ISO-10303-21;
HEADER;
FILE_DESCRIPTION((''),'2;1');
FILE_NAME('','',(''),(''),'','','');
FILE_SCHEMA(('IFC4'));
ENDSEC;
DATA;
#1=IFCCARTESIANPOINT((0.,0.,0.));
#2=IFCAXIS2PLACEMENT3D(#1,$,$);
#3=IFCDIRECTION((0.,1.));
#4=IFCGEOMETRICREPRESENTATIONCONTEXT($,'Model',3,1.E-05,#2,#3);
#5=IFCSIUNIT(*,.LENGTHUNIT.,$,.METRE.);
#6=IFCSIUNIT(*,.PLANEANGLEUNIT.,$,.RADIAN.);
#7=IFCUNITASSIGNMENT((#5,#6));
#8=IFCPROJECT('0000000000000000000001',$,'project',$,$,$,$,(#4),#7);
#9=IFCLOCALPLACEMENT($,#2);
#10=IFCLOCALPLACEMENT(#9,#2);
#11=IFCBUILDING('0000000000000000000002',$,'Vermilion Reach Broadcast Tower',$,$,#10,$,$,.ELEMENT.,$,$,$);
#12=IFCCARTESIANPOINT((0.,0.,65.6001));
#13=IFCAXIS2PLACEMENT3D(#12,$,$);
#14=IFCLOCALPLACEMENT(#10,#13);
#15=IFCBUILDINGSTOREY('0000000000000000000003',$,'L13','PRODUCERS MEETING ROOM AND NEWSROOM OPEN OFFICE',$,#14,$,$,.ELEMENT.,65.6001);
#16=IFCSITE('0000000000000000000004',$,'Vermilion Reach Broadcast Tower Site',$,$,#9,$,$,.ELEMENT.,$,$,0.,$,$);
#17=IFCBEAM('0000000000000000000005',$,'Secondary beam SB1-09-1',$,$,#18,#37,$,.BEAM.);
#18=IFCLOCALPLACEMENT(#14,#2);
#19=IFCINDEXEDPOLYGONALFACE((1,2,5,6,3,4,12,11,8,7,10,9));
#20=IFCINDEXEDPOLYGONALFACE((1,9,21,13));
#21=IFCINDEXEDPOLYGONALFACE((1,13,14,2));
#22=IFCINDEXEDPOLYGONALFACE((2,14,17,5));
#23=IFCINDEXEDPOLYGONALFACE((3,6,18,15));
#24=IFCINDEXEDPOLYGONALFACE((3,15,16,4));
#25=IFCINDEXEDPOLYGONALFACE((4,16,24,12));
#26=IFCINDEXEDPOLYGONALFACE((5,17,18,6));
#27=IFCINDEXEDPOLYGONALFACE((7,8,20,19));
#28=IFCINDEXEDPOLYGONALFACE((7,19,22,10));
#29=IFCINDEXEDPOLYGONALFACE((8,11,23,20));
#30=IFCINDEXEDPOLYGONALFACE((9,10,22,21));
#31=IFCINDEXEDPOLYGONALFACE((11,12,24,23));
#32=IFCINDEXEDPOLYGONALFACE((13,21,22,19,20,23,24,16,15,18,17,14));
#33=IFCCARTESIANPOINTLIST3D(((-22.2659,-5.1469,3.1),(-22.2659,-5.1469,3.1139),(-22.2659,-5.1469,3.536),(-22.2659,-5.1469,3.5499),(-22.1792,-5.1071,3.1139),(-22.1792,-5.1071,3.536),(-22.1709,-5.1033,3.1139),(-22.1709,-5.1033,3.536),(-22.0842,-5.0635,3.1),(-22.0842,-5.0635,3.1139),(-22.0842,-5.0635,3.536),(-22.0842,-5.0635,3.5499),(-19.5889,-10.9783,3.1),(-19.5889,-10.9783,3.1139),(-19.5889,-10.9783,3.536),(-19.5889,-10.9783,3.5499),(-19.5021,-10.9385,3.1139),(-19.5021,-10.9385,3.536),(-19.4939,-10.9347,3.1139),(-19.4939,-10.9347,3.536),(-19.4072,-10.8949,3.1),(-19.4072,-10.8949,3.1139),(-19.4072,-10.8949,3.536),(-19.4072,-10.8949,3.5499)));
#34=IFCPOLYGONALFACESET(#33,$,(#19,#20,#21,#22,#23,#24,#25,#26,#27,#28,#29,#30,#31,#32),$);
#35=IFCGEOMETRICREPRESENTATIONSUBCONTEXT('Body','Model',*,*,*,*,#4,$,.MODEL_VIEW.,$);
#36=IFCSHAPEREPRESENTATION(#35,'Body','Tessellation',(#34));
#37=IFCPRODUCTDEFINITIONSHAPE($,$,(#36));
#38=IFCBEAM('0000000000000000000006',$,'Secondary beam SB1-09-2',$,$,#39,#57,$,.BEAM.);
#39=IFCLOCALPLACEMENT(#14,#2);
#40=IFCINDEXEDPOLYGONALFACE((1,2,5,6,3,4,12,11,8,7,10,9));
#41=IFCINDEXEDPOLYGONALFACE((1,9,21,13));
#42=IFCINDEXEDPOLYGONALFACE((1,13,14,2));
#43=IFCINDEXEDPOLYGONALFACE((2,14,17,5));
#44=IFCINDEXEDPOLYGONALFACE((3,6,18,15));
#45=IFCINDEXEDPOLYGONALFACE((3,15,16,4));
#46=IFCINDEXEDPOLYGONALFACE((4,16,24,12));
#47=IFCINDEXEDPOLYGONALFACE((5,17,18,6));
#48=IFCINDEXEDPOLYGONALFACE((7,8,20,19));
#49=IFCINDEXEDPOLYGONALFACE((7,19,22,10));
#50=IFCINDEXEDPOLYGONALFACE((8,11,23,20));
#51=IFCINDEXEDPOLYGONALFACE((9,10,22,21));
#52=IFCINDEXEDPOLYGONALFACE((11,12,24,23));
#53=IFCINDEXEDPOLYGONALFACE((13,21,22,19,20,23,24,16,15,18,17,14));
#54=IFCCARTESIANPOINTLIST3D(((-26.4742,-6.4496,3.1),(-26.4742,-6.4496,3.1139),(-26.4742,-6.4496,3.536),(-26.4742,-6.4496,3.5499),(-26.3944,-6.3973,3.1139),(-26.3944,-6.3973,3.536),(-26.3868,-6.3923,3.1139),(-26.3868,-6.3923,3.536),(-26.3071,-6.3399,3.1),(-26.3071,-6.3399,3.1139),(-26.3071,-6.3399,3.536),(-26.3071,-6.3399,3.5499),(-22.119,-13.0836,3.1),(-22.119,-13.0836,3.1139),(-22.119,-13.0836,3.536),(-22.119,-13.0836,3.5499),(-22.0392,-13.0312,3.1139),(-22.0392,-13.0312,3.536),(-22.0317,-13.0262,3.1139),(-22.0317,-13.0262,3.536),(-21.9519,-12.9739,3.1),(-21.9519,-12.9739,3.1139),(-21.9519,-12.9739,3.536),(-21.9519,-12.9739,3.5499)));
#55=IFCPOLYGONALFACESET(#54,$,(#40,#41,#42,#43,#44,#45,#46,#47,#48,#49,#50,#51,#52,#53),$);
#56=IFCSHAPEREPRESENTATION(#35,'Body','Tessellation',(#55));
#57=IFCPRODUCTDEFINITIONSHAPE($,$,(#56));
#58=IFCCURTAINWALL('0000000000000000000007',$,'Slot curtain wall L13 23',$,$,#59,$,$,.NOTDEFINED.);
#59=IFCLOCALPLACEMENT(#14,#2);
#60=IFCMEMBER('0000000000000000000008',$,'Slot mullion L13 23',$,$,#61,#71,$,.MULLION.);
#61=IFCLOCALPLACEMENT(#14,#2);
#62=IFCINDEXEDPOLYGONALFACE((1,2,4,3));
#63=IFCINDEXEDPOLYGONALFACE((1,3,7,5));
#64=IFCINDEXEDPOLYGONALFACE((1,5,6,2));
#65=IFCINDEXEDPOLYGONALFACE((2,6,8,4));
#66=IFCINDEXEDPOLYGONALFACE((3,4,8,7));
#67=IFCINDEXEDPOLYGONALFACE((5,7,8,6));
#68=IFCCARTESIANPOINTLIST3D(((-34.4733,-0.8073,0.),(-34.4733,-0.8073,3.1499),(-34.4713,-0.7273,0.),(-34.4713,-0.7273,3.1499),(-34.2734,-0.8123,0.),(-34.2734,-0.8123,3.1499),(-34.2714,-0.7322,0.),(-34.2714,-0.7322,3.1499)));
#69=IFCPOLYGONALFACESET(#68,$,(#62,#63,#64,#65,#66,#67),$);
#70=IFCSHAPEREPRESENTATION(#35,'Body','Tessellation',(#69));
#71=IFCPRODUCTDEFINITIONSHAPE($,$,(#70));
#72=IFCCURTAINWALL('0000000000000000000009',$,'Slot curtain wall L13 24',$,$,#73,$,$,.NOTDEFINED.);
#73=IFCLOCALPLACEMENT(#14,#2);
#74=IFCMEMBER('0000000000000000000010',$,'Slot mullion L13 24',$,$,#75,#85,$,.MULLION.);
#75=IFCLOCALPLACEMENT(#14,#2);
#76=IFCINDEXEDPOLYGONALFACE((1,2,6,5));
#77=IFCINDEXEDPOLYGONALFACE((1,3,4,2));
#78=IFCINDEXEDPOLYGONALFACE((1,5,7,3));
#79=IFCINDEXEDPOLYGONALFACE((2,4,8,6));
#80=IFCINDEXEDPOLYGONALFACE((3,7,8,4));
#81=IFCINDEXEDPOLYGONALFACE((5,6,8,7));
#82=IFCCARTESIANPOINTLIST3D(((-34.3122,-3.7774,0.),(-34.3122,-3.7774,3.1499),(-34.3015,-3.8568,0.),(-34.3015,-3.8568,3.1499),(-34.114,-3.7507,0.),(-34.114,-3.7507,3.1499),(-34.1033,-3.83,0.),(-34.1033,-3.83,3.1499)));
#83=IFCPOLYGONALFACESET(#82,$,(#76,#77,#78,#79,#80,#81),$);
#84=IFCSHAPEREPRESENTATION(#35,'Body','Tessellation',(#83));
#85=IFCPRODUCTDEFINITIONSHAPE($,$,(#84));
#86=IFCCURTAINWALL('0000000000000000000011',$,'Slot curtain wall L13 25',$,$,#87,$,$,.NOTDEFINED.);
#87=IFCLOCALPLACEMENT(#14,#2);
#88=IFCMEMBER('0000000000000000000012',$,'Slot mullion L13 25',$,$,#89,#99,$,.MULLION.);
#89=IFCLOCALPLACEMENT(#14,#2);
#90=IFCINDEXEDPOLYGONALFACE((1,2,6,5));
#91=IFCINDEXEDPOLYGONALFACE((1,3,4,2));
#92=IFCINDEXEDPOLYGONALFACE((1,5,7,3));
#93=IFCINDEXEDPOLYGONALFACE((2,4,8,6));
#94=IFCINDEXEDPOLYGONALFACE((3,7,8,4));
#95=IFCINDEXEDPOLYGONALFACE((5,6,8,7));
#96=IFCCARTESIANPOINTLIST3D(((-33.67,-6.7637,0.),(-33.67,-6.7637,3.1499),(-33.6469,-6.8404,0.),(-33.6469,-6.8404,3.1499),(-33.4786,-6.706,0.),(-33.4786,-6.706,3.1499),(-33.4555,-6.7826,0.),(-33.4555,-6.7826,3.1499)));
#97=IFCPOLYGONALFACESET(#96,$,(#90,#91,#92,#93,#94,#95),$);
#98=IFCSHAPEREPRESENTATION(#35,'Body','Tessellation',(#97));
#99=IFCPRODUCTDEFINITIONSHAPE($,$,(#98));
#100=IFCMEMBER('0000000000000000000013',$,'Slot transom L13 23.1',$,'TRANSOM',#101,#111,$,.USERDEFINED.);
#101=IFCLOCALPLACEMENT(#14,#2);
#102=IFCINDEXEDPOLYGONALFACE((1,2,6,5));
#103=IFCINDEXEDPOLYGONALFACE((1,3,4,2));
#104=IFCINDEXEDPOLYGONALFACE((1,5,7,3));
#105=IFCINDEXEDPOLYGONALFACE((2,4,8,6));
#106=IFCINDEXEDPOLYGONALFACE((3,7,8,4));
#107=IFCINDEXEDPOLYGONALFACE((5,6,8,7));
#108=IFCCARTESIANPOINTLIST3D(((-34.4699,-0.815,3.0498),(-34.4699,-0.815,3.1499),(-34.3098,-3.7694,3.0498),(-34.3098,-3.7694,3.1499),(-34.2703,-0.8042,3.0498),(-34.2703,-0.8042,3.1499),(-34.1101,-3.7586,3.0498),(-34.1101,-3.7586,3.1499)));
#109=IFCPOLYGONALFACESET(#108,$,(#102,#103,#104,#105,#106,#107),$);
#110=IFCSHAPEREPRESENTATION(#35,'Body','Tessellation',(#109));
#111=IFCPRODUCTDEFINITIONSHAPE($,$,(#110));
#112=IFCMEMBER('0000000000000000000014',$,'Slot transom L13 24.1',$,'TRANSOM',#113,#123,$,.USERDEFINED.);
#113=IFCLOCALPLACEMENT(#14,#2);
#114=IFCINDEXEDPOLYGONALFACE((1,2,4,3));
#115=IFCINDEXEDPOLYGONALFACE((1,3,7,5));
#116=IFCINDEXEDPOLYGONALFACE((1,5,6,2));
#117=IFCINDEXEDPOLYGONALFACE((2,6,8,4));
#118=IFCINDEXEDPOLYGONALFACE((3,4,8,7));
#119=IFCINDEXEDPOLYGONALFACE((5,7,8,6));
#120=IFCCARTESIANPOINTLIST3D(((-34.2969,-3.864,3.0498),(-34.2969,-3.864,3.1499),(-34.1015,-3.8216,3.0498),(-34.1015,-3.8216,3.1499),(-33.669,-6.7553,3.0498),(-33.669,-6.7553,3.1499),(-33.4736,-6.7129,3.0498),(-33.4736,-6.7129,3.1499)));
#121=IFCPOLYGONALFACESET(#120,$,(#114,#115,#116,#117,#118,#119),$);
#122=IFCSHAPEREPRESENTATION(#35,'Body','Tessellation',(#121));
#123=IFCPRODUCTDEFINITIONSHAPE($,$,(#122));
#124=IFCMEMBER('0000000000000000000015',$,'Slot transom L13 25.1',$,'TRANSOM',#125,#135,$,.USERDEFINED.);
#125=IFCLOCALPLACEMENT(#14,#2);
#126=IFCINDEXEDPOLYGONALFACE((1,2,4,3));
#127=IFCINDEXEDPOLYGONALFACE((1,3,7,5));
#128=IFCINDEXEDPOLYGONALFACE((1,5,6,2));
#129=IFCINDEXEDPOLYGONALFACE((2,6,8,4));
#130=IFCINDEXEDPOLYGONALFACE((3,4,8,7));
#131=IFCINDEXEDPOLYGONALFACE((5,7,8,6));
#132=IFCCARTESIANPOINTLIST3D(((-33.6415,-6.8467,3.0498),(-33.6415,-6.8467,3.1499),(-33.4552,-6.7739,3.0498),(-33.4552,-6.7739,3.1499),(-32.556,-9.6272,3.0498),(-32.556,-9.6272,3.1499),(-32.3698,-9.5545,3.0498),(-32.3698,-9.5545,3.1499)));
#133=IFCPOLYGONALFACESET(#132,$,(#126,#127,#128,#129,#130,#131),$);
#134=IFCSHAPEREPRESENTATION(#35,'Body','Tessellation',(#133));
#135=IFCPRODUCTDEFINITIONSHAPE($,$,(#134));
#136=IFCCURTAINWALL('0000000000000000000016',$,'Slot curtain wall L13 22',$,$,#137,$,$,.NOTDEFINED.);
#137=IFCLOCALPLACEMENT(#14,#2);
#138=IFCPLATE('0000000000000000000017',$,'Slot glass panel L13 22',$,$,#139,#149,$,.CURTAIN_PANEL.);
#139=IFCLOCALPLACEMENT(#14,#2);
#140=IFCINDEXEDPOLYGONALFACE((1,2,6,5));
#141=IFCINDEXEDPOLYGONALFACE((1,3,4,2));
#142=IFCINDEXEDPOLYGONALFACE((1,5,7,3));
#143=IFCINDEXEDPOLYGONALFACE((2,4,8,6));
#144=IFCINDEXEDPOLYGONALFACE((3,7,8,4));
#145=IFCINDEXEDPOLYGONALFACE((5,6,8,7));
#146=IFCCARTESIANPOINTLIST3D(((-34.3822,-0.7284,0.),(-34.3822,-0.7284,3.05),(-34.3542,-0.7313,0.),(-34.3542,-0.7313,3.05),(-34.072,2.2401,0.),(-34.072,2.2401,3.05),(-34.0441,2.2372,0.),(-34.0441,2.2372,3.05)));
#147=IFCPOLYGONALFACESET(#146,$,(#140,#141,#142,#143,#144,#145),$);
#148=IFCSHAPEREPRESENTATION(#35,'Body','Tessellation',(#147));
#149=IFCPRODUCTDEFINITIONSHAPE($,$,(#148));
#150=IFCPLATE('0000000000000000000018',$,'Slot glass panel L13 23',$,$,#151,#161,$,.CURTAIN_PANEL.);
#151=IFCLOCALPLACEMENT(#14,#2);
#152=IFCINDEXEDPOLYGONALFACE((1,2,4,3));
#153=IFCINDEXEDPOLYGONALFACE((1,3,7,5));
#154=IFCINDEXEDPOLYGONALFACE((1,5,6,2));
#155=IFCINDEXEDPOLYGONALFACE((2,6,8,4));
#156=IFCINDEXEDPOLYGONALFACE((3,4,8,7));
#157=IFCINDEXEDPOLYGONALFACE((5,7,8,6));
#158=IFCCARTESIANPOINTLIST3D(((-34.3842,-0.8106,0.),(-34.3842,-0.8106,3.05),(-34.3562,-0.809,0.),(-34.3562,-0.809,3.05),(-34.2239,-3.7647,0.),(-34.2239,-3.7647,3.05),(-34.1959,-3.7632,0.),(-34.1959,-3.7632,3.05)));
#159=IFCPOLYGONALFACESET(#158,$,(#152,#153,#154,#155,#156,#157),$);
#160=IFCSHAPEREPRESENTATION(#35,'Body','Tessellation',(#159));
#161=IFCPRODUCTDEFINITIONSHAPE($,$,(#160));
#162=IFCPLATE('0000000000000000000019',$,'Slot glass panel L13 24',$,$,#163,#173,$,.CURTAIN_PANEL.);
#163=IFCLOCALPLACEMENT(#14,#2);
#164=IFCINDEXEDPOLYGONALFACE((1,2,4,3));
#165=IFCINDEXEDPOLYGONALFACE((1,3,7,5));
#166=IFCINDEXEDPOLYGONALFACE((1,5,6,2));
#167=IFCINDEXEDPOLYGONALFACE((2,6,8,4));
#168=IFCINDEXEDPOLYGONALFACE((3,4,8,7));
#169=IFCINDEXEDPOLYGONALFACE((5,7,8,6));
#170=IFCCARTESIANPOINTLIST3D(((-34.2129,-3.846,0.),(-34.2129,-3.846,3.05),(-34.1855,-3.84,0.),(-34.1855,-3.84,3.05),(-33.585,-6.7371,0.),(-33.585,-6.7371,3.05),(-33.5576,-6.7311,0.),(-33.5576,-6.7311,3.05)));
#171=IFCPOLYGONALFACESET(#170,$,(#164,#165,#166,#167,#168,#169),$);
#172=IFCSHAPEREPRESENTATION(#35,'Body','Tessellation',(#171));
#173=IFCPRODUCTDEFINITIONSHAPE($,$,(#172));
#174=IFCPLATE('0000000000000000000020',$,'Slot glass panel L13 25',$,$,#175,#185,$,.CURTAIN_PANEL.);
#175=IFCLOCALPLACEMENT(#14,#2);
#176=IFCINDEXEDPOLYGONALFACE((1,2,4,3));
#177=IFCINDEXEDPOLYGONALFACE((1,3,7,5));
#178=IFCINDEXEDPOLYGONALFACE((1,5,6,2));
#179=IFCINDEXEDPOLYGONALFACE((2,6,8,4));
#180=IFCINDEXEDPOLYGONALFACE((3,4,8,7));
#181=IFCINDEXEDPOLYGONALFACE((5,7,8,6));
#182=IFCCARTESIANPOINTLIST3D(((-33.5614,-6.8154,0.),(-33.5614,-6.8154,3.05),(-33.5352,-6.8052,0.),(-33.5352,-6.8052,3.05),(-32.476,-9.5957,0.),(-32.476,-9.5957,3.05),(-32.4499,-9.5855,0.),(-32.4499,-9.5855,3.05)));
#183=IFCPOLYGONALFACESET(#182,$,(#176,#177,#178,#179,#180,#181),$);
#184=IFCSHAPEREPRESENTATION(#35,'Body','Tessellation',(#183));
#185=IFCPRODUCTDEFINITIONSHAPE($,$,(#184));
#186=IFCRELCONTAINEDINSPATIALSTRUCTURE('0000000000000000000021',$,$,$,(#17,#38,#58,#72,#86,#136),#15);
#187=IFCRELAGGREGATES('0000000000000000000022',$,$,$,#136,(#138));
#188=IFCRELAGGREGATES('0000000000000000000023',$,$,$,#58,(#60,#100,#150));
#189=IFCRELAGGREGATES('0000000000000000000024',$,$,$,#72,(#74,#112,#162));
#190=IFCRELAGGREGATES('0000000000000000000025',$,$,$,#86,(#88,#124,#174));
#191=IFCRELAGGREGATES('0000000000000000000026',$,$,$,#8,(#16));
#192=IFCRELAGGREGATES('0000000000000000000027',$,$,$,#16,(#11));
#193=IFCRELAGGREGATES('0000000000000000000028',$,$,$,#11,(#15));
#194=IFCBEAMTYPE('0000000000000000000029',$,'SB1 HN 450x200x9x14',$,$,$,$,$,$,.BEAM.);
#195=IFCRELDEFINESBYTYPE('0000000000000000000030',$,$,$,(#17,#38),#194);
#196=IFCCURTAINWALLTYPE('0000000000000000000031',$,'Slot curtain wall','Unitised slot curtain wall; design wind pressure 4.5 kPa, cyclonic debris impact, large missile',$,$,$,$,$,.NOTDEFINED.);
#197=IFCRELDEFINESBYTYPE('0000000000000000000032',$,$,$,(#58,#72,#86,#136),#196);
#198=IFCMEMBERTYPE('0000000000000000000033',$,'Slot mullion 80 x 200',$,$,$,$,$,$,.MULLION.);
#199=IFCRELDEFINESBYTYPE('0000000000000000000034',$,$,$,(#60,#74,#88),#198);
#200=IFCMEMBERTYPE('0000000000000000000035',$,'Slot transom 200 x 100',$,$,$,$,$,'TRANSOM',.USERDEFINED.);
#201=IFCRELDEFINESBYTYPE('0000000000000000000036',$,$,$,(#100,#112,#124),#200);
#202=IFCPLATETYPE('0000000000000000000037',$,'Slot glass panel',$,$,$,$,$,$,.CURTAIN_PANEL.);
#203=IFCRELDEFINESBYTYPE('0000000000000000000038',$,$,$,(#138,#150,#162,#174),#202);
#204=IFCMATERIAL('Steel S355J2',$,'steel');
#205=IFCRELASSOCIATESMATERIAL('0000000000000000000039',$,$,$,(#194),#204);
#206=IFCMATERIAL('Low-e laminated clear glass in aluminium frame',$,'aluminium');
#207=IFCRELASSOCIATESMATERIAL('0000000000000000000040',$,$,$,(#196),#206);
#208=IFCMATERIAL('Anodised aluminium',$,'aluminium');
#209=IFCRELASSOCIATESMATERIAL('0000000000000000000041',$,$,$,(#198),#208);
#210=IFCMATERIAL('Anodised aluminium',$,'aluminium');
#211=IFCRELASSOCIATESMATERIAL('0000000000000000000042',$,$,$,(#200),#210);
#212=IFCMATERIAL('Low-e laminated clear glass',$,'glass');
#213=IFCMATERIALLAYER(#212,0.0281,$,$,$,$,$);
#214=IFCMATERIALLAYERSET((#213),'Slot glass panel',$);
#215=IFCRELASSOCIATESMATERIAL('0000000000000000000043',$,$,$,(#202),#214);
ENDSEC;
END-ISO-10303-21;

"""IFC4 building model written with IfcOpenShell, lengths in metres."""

from ifc_helpers import new_model, si_unit, direction, frame, origin, origin_2d, place, context, subcontext, project, spatial, rectangle, i_section, extrude, material, layer, layer_set, material_profile, profile_set, type_object, element, aggregate, save


model = new_model("IFC4")

# Units and contexts
model_context = context("Model", 3, precision=1e-05, world=origin(), true_north=direction((0.0, 1.0)))
body_context = subcontext(model_context, "Body", "Model", "MODEL_VIEW")
ifc_project = project(units=[si_unit("LENGTHUNIT", "METRE"), si_unit("PLANEANGLEUNIT", "RADIAN")], contexts=[model_context])

# Site, building, storey
site_placement = place(None, origin())
site = spatial("IfcSite", under=ifc_project, at=site_placement, Name="Vermilion Reach Broadcast Tower Site", CompositionType="ELEMENT", RefElevation=0.0)
building_placement = place(site_placement, origin())
building = spatial("IfcBuilding", under=site, at=building_placement, Name="Vermilion Reach Broadcast Tower", CompositionType="ELEMENT")
storey_placement = place(building_placement, frame((0.0, 0.0, 65.6001)))
storey = spatial("IfcBuildingStorey", under=building, at=storey_placement, Name="L13", Description="PRODUCERS MEETING ROOM AND NEWSROOM OPEN OFFICE", CompositionType="ELEMENT", Elevation=65.6001)

# Beams
ifc_material_1 = material(Name="Steel S355J2", Category="steel")
ifc_material_profile_1 = material_profile(ifc_material_1, i_section(OverallWidth=0.2, OverallDepth=0.45, WebThickness=0.009, FlangeThickness=0.0139, at=origin_2d()), Name="S355J2 HN 450x200x9x14")
ifc_profile_set_1 = profile_set([ifc_material_profile_1], Name="Steel S355J2")
beam_type_1 = type_object("IfcBeamType", Name="SB1 HN 450x200x9x14", PredefinedType="BEAM", material=ifc_profile_set_1)
beam_1_placement = place(storey_placement, frame((-22.175, -5.1052, 3.325), z_axis=(0.417211, -0.908809, 0.0), x_axis=(0.908809, 0.417211, 0.0)))
element("IfcBeam", 1, at=beam_1_placement, inside=storey, type_object=beam_type_1, Name="Secondary beam SB1-09-1", PredefinedType="BEAM", context=body_context, shape_type="SweptSolid", body=[
    extrude(i_section(OverallWidth=0.2, OverallDepth=0.45, WebThickness=0.009, FlangeThickness=0.0139, at=origin_2d()), origin(), (0.0, 0.0, 1.0), 6.4165),
])
beam_2_placement = place(storey_placement, frame((-26.3906, -6.3948, 3.325), z_axis=(0.548801, -0.835953, 0.0), x_axis=(0.835953, 0.548801, 0.0)))
element("IfcBeam", 2, at=beam_2_placement, inside=storey, type_object=beam_type_1, Name="Secondary beam SB1-09-2", PredefinedType="BEAM", context=body_context, shape_type="SweptSolid", body=[
    extrude(i_section(OverallWidth=0.2, OverallDepth=0.45, WebThickness=0.009, FlangeThickness=0.0139, at=origin_2d()), origin(), (0.0, 0.0, 1.0), 7.9358),
])

# Curtain walls, members
ifc_material_2 = material(Name="Low-e laminated clear glass in aluminium frame", Category="aluminium")
curtain_wall_type = type_object("IfcCurtainWallType", Name="Slot curtain wall", Description="Unitised slot curtain wall; design wind pressure 4.5 kPa, cyclonic debris impact, large missile", PredefinedType="NOTDEFINED", material=ifc_material_2)
placement = place(storey_placement, origin())
curtain_wall_1 = element("IfcCurtainWall", 3, at=placement, inside=storey, type_object=curtain_wall_type, Name="Slot curtain wall L13 23", PredefinedType="NOTDEFINED")
ifc_material_3 = material(Name="Anodised aluminium", Category="aluminium")
ifc_material_profile_2 = material_profile(ifc_material_3, rectangle(XDim=0.2, YDim=0.0801, at=origin_2d()), Name="Slot mullion 80 x 200")
ifc_profile_set_2 = profile_set([ifc_material_profile_2], Name="Anodised aluminium")
member_type_1 = type_object("IfcMemberType", Name="Slot mullion 80 x 200", PredefinedType="MULLION", material=ifc_profile_set_2)
member_1_placement = place(storey_placement, frame((-34.3723, -0.7698, 0.0), z_axis=(0.0, 0.0, 1.0), x_axis=(0.999689, -0.024936, 0.0)))
member_1 = element("IfcMember", 4, at=member_1_placement, type_object=member_type_1, Name="Slot mullion L13 23", PredefinedType="MULLION", context=body_context, shape_type="SweptSolid", body=[
    extrude(rectangle(XDim=0.2, YDim=0.0801, at=origin_2d()), origin(), (0.0, 0.0, 1.0), 3.1499),
])
curtain_wall_2 = element("IfcCurtainWall", 5, at=placement, inside=storey, type_object=curtain_wall_type, Name="Slot curtain wall L13 24", PredefinedType="NOTDEFINED")
member_2_placement = place(storey_placement, frame((-34.2078, -3.8037, 0.0), z_axis=(0.0, 0.0, 1.0), x_axis=(0.99103, 0.13364, 0.0)))
member_2 = element("IfcMember", 6, at=member_2_placement, type_object=member_type_1, Name="Slot mullion L13 24", PredefinedType="MULLION", context=body_context, shape_type="SweptSolid", body=[
    extrude(rectangle(XDim=0.2, YDim=0.0801, at=origin_2d()), origin(), (0.0, 0.0, 1.0), 3.1499),
])
curtain_wall_3 = element("IfcCurtainWall", 7, at=placement, inside=storey, type_object=curtain_wall_type, Name="Slot curtain wall L13 25", PredefinedType="NOTDEFINED")
member_3_placement = place(storey_placement, frame((-33.5627, -6.7732, 0.0), z_axis=(0.0, 0.0, 1.0), x_axis=(0.957376, 0.288846, 0.0)))
member_3 = element("IfcMember", 8, at=member_3_placement, type_object=member_type_1, Name="Slot mullion L13 25", PredefinedType="MULLION", context=body_context, shape_type="SweptSolid", body=[
    extrude(rectangle(XDim=0.2, YDim=0.0801, at=origin_2d()), origin(), (0.0, 0.0, 1.0), 3.1499),
])

# Members
ifc_material_4 = material(Name="Anodised aluminium", Category="aluminium")
ifc_material_profile_3 = material_profile(ifc_material_4, rectangle(XDim=0.2, YDim=0.1001, at=origin_2d()), Name="Slot transom 200 x 100")
ifc_profile_set_3 = profile_set([ifc_material_profile_3], Name="Anodised aluminium")
member_type_2 = type_object("IfcMemberType", Name="Slot transom 200 x 100", ElementType="TRANSOM", PredefinedType="USERDEFINED", material=ifc_profile_set_3)
member_4_placement = place(storey_placement, frame((-34.3701, -0.8096, 3.0999), z_axis=(0.054131, -0.998534, 0.0), x_axis=(0.998534, 0.054131, 0.0)))
member_4 = element("IfcMember", 9, at=member_4_placement, type_object=member_type_2, Name="Slot transom L13 23.1", ObjectType="TRANSOM", PredefinedType="USERDEFINED", context=body_context, shape_type="SweptSolid", body=[
    extrude(rectangle(XDim=0.2, YDim=0.1001, at=origin_2d()), origin(), (0.0, 0.0, 1.0), 2.9587),
])
member_5_placement = place(storey_placement, frame((-34.1992, -3.8428, 3.0999), z_axis=(0.212228, -0.97722, 0.0), x_axis=(0.97722, 0.212228, 0.0)))
member_5 = element("IfcMember", 10, at=member_5_placement, type_object=member_type_2, Name="Slot transom L13 24.1", ObjectType="TRANSOM", PredefinedType="USERDEFINED", context=body_context, shape_type="SweptSolid", body=[
    extrude(rectangle(XDim=0.2, YDim=0.1001, at=origin_2d()), origin(), (0.0, 0.0, 1.0), 2.9587),
])
member_6_placement = place(storey_placement, frame((-33.5483, -6.8103, 3.0999), z_axis=(0.36365, -0.931536, 0.0), x_axis=(0.931536, 0.36365, 0.0)))
member_6 = element("IfcMember", 11, at=member_6_placement, type_object=member_type_2, Name="Slot transom L13 25.1", ObjectType="TRANSOM", PredefinedType="USERDEFINED", context=body_context, shape_type="SweptSolid", body=[
    extrude(rectangle(XDim=0.2, YDim=0.1001, at=origin_2d()), origin(), (0.0, 0.0, 1.0), 2.9849),
])

# Curtain wall, plate
curtain_wall_4 = element("IfcCurtainWall", 12, at=placement, inside=storey, type_object=curtain_wall_type, Name="Slot curtain wall L13 22", PredefinedType="NOTDEFINED")
ifc_material_5 = material(Name="Low-e laminated clear glass", Category="glass")
ifc_layer_1 = layer(ifc_material_5, 0.0281)
ifc_layer_set_1 = layer_set([ifc_layer_1], Name="Slot glass panel")
plate_type = type_object("IfcPlateType", Name="Slot glass panel", PredefinedType="CURTAIN_PANEL", material=ifc_layer_set_1)
plate_1_placement = place(storey_placement, frame((-34.2131, 0.7544, 0.0), z_axis=(0.0, 0.0, 1.0), x_axis=(-0.103913, -0.994586, 0.0)))
plate_1 = element("IfcPlate", 13, at=plate_1_placement, type_object=plate_type, Name="Slot glass panel L13 22", PredefinedType="CURTAIN_PANEL", context=body_context, shape_type="SweptSolid", body=[
    extrude(rectangle(XDim=2.9846, YDim=0.0281, at=origin_2d()), origin(), (0.0, 0.0, 1.0), 3.05),
])
aggregate(curtain_wall_4, [plate_1])

# Plates
plate_2_placement = place(storey_placement, frame((-34.29, -2.2869, 0.0), z_axis=(0.0, 0.0, 1.0), x_axis=(0.054197, -0.99853, 0.0)))
plate_2 = element("IfcPlate", 14, at=plate_2_placement, type_object=plate_type, Name="Slot glass panel L13 23", PredefinedType="CURTAIN_PANEL", context=body_context, shape_type="SweptSolid", body=[
    extrude(rectangle(XDim=2.9585, YDim=0.0281, at=origin_2d()), origin(), (0.0, 0.0, 1.0), 3.05),
])
aggregate(curtain_wall_1, [member_1, member_4, plate_2])
plate_3_placement = place(storey_placement, frame((-33.8853, -5.2886, 0.0), z_axis=(0.0, 0.0, 1.0), x_axis=(0.212233, -0.977219, 0.0)))
plate_3 = element("IfcPlate", 15, at=plate_3_placement, type_object=plate_type, Name="Slot glass panel L13 24", PredefinedType="CURTAIN_PANEL", context=body_context, shape_type="SweptSolid", body=[
    extrude(rectangle(XDim=2.9585, YDim=0.0281, at=origin_2d()), origin(), (0.0, 0.0, 1.0), 3.05),
])
aggregate(curtain_wall_2, [member_2, member_5, plate_3])
plate_4_placement = place(storey_placement, frame((-33.0056, -8.2004, 0.0), z_axis=(0.0, 0.0, 1.0), x_axis=(0.36365, -0.931536, 0.0)))
plate_4 = element("IfcPlate", 16, at=plate_4_placement, type_object=plate_type, Name="Slot glass panel L13 25", PredefinedType="CURTAIN_PANEL", context=body_context, shape_type="SweptSolid", body=[
    extrude(rectangle(XDim=2.9846, YDim=0.0281, at=origin_2d()), origin(), (0.0, 0.0, 1.0), 3.05),
])
aggregate(curtain_wall_3, [member_3, member_6, plate_4])

save(model, "model.ifc")
